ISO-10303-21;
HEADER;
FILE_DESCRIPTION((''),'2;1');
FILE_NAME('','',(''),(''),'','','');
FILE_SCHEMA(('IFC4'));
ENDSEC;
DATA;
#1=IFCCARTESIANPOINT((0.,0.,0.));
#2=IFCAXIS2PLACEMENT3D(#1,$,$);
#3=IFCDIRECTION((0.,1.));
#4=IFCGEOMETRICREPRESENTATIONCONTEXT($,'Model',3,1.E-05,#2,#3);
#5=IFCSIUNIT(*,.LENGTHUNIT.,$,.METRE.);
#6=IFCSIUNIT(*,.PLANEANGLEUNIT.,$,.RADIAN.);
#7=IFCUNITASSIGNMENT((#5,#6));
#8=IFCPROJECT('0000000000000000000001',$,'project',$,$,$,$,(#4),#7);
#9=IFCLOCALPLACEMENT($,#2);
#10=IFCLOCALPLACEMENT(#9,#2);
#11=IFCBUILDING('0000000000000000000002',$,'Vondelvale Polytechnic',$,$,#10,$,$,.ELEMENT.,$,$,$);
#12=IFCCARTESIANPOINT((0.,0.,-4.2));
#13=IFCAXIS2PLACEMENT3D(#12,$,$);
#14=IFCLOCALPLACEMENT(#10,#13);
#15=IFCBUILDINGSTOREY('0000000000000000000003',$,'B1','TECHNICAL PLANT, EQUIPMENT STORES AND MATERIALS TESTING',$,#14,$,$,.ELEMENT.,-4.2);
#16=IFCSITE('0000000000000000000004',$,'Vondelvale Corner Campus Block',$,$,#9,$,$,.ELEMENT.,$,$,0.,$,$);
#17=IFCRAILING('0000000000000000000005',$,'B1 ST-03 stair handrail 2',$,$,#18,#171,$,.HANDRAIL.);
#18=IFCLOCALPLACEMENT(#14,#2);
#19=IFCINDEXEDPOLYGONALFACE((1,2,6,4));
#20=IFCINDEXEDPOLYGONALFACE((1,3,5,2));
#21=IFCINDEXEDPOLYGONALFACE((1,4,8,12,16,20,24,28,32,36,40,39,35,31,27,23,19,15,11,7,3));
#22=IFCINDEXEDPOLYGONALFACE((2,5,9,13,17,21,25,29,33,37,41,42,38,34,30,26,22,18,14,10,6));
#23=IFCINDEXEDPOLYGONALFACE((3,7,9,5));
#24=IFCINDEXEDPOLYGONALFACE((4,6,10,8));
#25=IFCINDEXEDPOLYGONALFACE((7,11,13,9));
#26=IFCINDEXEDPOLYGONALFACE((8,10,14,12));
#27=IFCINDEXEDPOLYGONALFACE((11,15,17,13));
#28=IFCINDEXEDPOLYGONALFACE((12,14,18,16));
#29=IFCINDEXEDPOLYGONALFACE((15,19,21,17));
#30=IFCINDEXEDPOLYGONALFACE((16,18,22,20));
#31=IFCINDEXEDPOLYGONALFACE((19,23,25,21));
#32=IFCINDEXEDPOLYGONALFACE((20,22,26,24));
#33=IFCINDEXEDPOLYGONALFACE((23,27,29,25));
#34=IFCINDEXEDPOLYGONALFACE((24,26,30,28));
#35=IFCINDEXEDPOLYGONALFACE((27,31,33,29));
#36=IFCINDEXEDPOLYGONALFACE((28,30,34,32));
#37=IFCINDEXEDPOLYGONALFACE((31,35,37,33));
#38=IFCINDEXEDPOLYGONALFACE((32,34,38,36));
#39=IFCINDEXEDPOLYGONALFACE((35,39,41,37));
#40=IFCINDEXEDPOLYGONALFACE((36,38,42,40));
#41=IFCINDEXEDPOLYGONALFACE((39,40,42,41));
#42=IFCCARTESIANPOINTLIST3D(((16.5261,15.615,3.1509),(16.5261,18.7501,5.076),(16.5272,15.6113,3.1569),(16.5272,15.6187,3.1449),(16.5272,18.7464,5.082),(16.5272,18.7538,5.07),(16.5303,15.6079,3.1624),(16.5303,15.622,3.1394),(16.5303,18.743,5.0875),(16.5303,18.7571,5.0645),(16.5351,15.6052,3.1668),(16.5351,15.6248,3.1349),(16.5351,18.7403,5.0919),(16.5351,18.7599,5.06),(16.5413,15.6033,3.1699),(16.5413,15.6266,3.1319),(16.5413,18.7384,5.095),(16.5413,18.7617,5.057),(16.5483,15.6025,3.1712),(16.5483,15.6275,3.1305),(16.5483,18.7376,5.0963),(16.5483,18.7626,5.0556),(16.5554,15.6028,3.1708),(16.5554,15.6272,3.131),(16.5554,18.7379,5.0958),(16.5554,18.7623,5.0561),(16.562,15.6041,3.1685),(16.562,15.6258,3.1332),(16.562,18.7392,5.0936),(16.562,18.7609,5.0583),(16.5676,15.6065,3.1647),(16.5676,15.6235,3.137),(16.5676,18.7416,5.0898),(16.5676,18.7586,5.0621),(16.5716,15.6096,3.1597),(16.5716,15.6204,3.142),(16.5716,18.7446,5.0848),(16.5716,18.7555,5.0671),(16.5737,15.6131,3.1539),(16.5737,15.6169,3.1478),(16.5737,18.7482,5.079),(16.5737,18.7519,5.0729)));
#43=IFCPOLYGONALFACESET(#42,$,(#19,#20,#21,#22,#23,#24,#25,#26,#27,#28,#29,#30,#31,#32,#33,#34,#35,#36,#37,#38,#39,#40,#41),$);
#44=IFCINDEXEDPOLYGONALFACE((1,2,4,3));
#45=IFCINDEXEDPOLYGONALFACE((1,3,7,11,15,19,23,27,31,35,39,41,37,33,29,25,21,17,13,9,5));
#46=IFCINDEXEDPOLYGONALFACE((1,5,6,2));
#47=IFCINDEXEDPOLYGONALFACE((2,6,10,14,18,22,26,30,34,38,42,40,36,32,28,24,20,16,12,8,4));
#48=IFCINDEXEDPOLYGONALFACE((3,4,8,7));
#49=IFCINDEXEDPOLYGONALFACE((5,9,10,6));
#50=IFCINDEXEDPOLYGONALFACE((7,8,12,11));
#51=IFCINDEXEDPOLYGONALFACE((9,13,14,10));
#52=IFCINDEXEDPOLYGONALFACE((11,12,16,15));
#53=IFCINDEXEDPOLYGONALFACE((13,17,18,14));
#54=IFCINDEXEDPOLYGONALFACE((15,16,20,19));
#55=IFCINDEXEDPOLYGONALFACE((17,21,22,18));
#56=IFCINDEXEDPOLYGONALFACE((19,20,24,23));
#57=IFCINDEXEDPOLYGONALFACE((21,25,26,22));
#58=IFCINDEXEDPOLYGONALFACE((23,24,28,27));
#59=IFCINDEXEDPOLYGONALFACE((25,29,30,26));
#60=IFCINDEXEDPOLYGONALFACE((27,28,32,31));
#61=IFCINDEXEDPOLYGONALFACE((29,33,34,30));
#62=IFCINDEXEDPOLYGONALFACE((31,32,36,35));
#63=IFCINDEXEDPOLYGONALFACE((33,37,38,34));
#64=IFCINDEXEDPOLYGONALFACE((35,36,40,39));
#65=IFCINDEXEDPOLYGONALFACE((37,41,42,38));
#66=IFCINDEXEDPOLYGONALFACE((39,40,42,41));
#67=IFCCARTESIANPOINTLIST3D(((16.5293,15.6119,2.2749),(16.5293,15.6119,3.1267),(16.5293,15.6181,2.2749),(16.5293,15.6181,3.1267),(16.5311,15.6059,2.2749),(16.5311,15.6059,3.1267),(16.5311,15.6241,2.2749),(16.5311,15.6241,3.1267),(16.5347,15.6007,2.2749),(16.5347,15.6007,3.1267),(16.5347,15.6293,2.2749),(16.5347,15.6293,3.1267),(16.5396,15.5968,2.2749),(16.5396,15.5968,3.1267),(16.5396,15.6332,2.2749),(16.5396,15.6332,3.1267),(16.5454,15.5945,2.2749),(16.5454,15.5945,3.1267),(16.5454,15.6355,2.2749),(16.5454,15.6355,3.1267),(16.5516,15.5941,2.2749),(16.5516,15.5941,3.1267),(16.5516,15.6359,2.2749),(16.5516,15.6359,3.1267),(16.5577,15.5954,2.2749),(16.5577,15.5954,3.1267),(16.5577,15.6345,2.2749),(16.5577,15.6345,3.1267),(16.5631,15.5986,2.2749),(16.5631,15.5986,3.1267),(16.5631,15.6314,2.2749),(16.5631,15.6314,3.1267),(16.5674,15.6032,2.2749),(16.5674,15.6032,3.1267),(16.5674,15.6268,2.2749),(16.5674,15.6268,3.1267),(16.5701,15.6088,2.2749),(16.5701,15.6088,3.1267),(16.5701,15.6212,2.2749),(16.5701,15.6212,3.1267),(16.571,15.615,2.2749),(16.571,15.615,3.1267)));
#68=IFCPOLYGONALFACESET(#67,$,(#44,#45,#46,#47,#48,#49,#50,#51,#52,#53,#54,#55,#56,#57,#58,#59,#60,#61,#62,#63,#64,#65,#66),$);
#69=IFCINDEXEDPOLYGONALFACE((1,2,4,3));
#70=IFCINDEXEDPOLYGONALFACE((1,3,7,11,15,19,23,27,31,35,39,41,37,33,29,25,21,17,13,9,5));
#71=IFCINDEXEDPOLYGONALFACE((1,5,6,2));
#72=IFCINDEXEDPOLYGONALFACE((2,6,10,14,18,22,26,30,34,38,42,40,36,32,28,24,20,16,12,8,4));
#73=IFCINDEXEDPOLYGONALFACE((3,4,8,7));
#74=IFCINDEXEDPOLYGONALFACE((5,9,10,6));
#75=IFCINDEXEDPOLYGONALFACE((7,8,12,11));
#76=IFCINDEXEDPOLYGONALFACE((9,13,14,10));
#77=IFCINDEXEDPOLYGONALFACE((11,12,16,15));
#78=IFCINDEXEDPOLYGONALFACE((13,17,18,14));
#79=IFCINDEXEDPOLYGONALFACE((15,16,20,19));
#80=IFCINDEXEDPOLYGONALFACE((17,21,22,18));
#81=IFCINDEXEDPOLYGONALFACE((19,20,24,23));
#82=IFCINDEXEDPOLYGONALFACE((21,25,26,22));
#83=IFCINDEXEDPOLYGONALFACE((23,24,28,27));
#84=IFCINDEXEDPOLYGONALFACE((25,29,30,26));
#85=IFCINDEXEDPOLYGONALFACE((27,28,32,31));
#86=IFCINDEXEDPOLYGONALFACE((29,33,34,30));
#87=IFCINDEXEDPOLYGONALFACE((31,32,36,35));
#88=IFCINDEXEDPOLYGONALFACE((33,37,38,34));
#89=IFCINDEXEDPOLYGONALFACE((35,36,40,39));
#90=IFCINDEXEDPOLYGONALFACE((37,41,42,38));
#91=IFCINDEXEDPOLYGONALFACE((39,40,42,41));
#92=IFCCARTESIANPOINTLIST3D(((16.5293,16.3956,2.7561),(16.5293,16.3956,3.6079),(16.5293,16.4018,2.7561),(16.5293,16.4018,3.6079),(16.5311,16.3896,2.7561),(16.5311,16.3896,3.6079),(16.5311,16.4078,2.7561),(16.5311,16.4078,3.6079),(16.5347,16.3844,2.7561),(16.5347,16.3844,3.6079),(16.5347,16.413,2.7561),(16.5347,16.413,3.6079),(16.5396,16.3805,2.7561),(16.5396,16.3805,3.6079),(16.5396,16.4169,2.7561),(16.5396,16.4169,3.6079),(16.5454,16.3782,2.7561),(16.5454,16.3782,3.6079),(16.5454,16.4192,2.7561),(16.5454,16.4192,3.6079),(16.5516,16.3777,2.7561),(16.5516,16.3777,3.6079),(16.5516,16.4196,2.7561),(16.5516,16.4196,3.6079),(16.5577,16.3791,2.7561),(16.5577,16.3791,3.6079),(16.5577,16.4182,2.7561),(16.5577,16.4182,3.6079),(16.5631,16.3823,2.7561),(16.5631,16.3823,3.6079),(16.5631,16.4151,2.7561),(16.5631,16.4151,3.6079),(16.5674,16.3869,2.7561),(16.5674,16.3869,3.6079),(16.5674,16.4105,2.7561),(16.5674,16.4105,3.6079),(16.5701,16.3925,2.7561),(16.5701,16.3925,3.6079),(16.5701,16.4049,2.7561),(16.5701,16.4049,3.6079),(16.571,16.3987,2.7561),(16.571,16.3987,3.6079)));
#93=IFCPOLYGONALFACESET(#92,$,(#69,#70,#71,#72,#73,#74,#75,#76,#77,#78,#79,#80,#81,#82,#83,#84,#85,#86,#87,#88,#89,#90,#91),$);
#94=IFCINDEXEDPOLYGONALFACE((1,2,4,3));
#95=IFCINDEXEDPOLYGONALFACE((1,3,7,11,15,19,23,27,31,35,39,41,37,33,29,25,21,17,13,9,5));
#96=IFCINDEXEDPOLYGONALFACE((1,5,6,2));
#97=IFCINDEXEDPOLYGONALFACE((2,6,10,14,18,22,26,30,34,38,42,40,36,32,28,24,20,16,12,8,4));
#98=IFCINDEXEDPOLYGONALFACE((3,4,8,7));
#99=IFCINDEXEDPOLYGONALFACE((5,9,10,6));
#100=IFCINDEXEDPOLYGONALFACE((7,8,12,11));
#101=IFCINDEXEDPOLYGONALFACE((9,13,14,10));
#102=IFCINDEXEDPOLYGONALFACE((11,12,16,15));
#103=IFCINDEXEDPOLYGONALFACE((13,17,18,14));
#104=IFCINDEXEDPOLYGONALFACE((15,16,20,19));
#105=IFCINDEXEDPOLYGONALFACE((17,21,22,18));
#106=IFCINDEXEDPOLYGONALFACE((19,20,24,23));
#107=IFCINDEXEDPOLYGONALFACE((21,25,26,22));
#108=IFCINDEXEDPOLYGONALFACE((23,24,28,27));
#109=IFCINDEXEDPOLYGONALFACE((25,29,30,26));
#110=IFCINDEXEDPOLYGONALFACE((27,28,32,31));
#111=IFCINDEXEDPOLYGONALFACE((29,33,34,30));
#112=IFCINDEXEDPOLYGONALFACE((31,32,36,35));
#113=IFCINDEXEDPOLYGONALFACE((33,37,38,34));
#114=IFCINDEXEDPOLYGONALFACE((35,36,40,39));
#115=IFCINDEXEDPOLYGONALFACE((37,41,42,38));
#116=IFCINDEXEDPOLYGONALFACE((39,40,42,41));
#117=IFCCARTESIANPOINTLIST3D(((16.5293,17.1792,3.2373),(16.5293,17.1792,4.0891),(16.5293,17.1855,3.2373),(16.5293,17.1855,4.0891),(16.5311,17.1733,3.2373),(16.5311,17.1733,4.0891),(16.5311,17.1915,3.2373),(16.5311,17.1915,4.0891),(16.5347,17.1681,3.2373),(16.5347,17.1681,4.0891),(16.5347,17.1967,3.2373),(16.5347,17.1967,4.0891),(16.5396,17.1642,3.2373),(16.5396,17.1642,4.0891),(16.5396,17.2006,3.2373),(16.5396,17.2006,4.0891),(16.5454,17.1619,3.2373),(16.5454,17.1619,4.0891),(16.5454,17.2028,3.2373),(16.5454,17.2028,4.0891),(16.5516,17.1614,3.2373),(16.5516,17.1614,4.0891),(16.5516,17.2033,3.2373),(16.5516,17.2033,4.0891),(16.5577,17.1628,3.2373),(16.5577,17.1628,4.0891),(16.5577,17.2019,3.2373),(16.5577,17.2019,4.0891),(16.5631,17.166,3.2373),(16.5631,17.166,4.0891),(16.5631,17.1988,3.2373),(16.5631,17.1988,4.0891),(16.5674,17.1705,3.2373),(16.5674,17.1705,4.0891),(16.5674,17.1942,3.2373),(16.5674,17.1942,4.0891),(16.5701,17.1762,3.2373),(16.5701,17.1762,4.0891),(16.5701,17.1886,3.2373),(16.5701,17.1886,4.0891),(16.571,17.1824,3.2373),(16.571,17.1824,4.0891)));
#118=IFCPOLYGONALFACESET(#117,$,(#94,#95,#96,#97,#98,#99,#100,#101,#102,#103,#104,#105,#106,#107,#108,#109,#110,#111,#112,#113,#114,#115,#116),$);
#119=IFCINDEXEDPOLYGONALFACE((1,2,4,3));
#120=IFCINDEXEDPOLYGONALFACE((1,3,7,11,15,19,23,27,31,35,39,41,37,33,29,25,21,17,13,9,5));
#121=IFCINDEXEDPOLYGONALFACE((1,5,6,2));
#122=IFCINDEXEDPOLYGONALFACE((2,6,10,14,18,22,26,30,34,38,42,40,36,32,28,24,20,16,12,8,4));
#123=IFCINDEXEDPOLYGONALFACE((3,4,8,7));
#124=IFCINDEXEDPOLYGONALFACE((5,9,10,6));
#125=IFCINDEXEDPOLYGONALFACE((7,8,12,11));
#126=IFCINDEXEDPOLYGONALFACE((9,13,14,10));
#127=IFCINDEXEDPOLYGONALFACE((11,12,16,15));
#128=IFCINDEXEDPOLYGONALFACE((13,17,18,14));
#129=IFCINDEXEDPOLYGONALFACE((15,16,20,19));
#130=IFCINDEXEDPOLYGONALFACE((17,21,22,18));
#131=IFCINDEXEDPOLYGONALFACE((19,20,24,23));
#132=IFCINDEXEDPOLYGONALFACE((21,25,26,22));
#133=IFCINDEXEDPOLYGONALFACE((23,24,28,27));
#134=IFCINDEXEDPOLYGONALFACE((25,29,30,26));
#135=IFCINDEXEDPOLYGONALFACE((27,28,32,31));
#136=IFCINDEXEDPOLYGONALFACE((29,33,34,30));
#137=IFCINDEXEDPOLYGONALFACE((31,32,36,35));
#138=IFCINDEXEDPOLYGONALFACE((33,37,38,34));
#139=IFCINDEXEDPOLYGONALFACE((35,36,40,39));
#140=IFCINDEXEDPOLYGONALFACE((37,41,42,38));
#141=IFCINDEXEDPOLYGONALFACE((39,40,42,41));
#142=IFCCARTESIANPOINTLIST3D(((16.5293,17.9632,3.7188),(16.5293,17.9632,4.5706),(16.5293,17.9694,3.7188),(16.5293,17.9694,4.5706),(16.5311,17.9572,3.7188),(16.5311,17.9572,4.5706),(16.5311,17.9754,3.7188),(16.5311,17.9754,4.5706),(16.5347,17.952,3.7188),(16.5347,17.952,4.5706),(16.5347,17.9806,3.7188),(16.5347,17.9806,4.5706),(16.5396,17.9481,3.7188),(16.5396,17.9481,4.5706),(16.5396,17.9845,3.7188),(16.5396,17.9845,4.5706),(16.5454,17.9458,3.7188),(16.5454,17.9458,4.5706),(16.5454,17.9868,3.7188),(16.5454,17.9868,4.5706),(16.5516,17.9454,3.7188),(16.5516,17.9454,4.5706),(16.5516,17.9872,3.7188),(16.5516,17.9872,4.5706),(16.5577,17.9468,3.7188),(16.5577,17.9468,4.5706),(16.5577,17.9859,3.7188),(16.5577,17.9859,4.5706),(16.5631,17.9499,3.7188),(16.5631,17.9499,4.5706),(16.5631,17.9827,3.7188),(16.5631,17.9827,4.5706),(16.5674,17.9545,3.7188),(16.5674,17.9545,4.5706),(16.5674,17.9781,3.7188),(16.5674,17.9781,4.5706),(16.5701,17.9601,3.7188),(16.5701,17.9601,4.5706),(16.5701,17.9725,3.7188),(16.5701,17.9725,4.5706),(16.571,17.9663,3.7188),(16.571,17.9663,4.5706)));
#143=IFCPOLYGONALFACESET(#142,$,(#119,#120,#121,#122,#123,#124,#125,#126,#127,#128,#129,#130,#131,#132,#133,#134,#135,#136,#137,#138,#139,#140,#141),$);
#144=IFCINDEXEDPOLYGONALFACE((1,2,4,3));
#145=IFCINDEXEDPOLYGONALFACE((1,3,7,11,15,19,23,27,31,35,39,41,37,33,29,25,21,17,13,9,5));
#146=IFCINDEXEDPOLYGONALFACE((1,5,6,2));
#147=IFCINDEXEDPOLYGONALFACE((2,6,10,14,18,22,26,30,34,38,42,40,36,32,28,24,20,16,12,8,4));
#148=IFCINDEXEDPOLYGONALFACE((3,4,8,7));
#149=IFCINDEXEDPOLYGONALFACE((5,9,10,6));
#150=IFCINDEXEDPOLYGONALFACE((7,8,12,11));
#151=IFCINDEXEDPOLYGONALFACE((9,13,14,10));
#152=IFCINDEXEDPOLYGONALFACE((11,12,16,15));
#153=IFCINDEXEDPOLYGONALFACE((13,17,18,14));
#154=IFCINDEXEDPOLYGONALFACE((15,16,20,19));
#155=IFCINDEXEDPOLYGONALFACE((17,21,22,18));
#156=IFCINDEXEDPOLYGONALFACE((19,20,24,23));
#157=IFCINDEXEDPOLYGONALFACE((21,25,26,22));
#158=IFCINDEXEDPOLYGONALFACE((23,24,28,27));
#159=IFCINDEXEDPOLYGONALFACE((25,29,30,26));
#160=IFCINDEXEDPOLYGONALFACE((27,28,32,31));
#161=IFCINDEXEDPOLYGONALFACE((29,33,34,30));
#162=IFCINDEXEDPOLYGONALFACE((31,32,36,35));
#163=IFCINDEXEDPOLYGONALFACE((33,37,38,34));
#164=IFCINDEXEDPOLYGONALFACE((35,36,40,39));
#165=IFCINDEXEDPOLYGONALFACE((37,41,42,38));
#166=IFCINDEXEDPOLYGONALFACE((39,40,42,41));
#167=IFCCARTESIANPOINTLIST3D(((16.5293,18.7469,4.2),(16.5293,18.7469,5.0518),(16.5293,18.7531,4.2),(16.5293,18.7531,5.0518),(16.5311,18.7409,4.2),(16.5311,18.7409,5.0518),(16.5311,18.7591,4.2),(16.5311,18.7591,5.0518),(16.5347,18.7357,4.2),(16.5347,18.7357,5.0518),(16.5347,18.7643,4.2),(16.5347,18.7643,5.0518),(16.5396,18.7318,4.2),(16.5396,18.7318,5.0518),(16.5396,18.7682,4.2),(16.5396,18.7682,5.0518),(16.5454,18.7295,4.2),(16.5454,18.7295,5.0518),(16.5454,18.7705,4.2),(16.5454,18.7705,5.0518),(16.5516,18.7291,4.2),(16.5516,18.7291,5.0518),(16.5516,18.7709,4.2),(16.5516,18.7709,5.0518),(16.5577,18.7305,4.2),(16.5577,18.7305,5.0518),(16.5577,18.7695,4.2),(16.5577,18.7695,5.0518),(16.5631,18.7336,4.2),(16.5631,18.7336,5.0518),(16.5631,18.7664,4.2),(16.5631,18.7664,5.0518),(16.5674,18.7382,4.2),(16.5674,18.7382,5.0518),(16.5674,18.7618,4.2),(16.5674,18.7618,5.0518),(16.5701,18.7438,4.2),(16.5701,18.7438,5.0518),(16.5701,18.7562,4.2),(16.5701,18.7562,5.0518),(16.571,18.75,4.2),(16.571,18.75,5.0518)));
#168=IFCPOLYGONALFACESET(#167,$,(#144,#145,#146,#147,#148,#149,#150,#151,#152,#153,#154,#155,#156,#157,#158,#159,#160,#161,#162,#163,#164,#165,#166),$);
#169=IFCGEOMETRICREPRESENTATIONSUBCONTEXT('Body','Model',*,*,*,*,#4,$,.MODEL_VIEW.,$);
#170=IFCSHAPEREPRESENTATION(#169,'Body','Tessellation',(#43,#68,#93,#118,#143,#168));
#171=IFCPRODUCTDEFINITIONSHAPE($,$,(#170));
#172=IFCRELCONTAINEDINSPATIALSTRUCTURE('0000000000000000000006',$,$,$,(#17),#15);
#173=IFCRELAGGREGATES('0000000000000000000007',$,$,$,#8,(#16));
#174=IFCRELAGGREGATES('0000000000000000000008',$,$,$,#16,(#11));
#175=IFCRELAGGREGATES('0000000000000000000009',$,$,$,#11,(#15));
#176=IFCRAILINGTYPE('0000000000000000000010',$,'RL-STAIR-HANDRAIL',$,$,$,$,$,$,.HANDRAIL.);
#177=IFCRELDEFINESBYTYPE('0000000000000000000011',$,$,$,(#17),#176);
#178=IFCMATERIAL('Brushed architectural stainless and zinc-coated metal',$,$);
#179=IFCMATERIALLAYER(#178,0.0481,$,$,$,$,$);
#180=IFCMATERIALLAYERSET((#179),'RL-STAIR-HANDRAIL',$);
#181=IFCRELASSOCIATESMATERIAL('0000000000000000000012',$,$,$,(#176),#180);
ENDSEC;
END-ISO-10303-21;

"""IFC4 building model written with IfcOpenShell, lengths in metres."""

from ifc_helpers import new_model, si_unit, direction, frame, origin, origin_2d, place, context, subcontext, project, spatial, circle, extrude, material, layer, layer_set, type_object, element, save


model = new_model("IFC4")

# Units and contexts
model_context = context("Model", 3, precision=1e-05, world=origin(), true_north=direction((0.0, 1.0)))
body_context = subcontext(model_context, "Body", "Model", "MODEL_VIEW")
ifc_project = project(units=[si_unit("LENGTHUNIT", "METRE"), si_unit("PLANEANGLEUNIT", "RADIAN")], contexts=[model_context])

# Site, building, storey
site_placement = place(None, origin())
site = spatial("IfcSite", under=ifc_project, at=site_placement, Name="Vondelvale Corner Campus Block", CompositionType="ELEMENT", RefElevation=0.0)
building_placement = place(site_placement, origin())
building = spatial("IfcBuilding", under=site, at=building_placement, Name="Vondelvale Polytechnic", CompositionType="ELEMENT")
storey_placement = place(building_placement, frame((0.0, 0.0, -4.2)))
storey = spatial("IfcBuildingStorey", under=building, at=storey_placement, Name="B1", Description="TECHNICAL PLANT, EQUIPMENT STORES AND MATERIALS TESTING", CompositionType="ELEMENT", Elevation=-4.2)

# Shared definitions
ifc_material_1 = material(Name="Brushed architectural stainless and zinc-coated metal")

# Railing
ifc_layer_1 = layer(ifc_material_1, 0.0481)
ifc_layer_set_1 = layer_set([ifc_layer_1], Name="RL-STAIR-HANDRAIL")
railing_type_1 = type_object("IfcRailingType", Name="RL-STAIR-HANDRAIL", PredefinedType="HANDRAIL", material=ifc_layer_set_1)
railing_1_placement = place(storey_placement, frame((16.55, 15.615, 2.2749)))
element("IfcRailing", 1, at=railing_1_placement, inside=storey, type_object=railing_type_1, Name="B1 ST-03 stair handrail 2", PredefinedType="HANDRAIL", context=body_context, shape_type="SweptSolid", body=[
    extrude(circle(Radius=0.0239, at=origin_2d()), frame((0.0, 0.0, 0.876), z_axis=(0.0, 0.852166, 0.523271), x_axis=(-1.0, 0.0, 0.0)), (0.0, 0.0, 1.0), 3.679),
    extrude(circle(Radius=0.021, at=origin_2d()), origin(), (0.0, 0.0, 1.0), 0.8518),
    extrude(circle(Radius=0.021, at=origin_2d()), frame((0.0, 0.7837, 0.4812)), (0.0, 0.0, 1.0), 0.8518),
    extrude(circle(Radius=0.021, at=origin_2d()), frame((0.0, 1.5674, 0.9624)), (0.0, 0.0, 1.0), 0.8518),
    extrude(circle(Radius=0.021, at=origin_2d()), frame((0.0, 2.3513, 1.4438)), (0.0, 0.0, 1.0), 0.8518),
    extrude(circle(Radius=0.021, at=origin_2d()), frame((0.0, 3.135, 1.925)), (0.0, 0.0, 1.0), 0.8518),
])

save(model, "model.ifc")
